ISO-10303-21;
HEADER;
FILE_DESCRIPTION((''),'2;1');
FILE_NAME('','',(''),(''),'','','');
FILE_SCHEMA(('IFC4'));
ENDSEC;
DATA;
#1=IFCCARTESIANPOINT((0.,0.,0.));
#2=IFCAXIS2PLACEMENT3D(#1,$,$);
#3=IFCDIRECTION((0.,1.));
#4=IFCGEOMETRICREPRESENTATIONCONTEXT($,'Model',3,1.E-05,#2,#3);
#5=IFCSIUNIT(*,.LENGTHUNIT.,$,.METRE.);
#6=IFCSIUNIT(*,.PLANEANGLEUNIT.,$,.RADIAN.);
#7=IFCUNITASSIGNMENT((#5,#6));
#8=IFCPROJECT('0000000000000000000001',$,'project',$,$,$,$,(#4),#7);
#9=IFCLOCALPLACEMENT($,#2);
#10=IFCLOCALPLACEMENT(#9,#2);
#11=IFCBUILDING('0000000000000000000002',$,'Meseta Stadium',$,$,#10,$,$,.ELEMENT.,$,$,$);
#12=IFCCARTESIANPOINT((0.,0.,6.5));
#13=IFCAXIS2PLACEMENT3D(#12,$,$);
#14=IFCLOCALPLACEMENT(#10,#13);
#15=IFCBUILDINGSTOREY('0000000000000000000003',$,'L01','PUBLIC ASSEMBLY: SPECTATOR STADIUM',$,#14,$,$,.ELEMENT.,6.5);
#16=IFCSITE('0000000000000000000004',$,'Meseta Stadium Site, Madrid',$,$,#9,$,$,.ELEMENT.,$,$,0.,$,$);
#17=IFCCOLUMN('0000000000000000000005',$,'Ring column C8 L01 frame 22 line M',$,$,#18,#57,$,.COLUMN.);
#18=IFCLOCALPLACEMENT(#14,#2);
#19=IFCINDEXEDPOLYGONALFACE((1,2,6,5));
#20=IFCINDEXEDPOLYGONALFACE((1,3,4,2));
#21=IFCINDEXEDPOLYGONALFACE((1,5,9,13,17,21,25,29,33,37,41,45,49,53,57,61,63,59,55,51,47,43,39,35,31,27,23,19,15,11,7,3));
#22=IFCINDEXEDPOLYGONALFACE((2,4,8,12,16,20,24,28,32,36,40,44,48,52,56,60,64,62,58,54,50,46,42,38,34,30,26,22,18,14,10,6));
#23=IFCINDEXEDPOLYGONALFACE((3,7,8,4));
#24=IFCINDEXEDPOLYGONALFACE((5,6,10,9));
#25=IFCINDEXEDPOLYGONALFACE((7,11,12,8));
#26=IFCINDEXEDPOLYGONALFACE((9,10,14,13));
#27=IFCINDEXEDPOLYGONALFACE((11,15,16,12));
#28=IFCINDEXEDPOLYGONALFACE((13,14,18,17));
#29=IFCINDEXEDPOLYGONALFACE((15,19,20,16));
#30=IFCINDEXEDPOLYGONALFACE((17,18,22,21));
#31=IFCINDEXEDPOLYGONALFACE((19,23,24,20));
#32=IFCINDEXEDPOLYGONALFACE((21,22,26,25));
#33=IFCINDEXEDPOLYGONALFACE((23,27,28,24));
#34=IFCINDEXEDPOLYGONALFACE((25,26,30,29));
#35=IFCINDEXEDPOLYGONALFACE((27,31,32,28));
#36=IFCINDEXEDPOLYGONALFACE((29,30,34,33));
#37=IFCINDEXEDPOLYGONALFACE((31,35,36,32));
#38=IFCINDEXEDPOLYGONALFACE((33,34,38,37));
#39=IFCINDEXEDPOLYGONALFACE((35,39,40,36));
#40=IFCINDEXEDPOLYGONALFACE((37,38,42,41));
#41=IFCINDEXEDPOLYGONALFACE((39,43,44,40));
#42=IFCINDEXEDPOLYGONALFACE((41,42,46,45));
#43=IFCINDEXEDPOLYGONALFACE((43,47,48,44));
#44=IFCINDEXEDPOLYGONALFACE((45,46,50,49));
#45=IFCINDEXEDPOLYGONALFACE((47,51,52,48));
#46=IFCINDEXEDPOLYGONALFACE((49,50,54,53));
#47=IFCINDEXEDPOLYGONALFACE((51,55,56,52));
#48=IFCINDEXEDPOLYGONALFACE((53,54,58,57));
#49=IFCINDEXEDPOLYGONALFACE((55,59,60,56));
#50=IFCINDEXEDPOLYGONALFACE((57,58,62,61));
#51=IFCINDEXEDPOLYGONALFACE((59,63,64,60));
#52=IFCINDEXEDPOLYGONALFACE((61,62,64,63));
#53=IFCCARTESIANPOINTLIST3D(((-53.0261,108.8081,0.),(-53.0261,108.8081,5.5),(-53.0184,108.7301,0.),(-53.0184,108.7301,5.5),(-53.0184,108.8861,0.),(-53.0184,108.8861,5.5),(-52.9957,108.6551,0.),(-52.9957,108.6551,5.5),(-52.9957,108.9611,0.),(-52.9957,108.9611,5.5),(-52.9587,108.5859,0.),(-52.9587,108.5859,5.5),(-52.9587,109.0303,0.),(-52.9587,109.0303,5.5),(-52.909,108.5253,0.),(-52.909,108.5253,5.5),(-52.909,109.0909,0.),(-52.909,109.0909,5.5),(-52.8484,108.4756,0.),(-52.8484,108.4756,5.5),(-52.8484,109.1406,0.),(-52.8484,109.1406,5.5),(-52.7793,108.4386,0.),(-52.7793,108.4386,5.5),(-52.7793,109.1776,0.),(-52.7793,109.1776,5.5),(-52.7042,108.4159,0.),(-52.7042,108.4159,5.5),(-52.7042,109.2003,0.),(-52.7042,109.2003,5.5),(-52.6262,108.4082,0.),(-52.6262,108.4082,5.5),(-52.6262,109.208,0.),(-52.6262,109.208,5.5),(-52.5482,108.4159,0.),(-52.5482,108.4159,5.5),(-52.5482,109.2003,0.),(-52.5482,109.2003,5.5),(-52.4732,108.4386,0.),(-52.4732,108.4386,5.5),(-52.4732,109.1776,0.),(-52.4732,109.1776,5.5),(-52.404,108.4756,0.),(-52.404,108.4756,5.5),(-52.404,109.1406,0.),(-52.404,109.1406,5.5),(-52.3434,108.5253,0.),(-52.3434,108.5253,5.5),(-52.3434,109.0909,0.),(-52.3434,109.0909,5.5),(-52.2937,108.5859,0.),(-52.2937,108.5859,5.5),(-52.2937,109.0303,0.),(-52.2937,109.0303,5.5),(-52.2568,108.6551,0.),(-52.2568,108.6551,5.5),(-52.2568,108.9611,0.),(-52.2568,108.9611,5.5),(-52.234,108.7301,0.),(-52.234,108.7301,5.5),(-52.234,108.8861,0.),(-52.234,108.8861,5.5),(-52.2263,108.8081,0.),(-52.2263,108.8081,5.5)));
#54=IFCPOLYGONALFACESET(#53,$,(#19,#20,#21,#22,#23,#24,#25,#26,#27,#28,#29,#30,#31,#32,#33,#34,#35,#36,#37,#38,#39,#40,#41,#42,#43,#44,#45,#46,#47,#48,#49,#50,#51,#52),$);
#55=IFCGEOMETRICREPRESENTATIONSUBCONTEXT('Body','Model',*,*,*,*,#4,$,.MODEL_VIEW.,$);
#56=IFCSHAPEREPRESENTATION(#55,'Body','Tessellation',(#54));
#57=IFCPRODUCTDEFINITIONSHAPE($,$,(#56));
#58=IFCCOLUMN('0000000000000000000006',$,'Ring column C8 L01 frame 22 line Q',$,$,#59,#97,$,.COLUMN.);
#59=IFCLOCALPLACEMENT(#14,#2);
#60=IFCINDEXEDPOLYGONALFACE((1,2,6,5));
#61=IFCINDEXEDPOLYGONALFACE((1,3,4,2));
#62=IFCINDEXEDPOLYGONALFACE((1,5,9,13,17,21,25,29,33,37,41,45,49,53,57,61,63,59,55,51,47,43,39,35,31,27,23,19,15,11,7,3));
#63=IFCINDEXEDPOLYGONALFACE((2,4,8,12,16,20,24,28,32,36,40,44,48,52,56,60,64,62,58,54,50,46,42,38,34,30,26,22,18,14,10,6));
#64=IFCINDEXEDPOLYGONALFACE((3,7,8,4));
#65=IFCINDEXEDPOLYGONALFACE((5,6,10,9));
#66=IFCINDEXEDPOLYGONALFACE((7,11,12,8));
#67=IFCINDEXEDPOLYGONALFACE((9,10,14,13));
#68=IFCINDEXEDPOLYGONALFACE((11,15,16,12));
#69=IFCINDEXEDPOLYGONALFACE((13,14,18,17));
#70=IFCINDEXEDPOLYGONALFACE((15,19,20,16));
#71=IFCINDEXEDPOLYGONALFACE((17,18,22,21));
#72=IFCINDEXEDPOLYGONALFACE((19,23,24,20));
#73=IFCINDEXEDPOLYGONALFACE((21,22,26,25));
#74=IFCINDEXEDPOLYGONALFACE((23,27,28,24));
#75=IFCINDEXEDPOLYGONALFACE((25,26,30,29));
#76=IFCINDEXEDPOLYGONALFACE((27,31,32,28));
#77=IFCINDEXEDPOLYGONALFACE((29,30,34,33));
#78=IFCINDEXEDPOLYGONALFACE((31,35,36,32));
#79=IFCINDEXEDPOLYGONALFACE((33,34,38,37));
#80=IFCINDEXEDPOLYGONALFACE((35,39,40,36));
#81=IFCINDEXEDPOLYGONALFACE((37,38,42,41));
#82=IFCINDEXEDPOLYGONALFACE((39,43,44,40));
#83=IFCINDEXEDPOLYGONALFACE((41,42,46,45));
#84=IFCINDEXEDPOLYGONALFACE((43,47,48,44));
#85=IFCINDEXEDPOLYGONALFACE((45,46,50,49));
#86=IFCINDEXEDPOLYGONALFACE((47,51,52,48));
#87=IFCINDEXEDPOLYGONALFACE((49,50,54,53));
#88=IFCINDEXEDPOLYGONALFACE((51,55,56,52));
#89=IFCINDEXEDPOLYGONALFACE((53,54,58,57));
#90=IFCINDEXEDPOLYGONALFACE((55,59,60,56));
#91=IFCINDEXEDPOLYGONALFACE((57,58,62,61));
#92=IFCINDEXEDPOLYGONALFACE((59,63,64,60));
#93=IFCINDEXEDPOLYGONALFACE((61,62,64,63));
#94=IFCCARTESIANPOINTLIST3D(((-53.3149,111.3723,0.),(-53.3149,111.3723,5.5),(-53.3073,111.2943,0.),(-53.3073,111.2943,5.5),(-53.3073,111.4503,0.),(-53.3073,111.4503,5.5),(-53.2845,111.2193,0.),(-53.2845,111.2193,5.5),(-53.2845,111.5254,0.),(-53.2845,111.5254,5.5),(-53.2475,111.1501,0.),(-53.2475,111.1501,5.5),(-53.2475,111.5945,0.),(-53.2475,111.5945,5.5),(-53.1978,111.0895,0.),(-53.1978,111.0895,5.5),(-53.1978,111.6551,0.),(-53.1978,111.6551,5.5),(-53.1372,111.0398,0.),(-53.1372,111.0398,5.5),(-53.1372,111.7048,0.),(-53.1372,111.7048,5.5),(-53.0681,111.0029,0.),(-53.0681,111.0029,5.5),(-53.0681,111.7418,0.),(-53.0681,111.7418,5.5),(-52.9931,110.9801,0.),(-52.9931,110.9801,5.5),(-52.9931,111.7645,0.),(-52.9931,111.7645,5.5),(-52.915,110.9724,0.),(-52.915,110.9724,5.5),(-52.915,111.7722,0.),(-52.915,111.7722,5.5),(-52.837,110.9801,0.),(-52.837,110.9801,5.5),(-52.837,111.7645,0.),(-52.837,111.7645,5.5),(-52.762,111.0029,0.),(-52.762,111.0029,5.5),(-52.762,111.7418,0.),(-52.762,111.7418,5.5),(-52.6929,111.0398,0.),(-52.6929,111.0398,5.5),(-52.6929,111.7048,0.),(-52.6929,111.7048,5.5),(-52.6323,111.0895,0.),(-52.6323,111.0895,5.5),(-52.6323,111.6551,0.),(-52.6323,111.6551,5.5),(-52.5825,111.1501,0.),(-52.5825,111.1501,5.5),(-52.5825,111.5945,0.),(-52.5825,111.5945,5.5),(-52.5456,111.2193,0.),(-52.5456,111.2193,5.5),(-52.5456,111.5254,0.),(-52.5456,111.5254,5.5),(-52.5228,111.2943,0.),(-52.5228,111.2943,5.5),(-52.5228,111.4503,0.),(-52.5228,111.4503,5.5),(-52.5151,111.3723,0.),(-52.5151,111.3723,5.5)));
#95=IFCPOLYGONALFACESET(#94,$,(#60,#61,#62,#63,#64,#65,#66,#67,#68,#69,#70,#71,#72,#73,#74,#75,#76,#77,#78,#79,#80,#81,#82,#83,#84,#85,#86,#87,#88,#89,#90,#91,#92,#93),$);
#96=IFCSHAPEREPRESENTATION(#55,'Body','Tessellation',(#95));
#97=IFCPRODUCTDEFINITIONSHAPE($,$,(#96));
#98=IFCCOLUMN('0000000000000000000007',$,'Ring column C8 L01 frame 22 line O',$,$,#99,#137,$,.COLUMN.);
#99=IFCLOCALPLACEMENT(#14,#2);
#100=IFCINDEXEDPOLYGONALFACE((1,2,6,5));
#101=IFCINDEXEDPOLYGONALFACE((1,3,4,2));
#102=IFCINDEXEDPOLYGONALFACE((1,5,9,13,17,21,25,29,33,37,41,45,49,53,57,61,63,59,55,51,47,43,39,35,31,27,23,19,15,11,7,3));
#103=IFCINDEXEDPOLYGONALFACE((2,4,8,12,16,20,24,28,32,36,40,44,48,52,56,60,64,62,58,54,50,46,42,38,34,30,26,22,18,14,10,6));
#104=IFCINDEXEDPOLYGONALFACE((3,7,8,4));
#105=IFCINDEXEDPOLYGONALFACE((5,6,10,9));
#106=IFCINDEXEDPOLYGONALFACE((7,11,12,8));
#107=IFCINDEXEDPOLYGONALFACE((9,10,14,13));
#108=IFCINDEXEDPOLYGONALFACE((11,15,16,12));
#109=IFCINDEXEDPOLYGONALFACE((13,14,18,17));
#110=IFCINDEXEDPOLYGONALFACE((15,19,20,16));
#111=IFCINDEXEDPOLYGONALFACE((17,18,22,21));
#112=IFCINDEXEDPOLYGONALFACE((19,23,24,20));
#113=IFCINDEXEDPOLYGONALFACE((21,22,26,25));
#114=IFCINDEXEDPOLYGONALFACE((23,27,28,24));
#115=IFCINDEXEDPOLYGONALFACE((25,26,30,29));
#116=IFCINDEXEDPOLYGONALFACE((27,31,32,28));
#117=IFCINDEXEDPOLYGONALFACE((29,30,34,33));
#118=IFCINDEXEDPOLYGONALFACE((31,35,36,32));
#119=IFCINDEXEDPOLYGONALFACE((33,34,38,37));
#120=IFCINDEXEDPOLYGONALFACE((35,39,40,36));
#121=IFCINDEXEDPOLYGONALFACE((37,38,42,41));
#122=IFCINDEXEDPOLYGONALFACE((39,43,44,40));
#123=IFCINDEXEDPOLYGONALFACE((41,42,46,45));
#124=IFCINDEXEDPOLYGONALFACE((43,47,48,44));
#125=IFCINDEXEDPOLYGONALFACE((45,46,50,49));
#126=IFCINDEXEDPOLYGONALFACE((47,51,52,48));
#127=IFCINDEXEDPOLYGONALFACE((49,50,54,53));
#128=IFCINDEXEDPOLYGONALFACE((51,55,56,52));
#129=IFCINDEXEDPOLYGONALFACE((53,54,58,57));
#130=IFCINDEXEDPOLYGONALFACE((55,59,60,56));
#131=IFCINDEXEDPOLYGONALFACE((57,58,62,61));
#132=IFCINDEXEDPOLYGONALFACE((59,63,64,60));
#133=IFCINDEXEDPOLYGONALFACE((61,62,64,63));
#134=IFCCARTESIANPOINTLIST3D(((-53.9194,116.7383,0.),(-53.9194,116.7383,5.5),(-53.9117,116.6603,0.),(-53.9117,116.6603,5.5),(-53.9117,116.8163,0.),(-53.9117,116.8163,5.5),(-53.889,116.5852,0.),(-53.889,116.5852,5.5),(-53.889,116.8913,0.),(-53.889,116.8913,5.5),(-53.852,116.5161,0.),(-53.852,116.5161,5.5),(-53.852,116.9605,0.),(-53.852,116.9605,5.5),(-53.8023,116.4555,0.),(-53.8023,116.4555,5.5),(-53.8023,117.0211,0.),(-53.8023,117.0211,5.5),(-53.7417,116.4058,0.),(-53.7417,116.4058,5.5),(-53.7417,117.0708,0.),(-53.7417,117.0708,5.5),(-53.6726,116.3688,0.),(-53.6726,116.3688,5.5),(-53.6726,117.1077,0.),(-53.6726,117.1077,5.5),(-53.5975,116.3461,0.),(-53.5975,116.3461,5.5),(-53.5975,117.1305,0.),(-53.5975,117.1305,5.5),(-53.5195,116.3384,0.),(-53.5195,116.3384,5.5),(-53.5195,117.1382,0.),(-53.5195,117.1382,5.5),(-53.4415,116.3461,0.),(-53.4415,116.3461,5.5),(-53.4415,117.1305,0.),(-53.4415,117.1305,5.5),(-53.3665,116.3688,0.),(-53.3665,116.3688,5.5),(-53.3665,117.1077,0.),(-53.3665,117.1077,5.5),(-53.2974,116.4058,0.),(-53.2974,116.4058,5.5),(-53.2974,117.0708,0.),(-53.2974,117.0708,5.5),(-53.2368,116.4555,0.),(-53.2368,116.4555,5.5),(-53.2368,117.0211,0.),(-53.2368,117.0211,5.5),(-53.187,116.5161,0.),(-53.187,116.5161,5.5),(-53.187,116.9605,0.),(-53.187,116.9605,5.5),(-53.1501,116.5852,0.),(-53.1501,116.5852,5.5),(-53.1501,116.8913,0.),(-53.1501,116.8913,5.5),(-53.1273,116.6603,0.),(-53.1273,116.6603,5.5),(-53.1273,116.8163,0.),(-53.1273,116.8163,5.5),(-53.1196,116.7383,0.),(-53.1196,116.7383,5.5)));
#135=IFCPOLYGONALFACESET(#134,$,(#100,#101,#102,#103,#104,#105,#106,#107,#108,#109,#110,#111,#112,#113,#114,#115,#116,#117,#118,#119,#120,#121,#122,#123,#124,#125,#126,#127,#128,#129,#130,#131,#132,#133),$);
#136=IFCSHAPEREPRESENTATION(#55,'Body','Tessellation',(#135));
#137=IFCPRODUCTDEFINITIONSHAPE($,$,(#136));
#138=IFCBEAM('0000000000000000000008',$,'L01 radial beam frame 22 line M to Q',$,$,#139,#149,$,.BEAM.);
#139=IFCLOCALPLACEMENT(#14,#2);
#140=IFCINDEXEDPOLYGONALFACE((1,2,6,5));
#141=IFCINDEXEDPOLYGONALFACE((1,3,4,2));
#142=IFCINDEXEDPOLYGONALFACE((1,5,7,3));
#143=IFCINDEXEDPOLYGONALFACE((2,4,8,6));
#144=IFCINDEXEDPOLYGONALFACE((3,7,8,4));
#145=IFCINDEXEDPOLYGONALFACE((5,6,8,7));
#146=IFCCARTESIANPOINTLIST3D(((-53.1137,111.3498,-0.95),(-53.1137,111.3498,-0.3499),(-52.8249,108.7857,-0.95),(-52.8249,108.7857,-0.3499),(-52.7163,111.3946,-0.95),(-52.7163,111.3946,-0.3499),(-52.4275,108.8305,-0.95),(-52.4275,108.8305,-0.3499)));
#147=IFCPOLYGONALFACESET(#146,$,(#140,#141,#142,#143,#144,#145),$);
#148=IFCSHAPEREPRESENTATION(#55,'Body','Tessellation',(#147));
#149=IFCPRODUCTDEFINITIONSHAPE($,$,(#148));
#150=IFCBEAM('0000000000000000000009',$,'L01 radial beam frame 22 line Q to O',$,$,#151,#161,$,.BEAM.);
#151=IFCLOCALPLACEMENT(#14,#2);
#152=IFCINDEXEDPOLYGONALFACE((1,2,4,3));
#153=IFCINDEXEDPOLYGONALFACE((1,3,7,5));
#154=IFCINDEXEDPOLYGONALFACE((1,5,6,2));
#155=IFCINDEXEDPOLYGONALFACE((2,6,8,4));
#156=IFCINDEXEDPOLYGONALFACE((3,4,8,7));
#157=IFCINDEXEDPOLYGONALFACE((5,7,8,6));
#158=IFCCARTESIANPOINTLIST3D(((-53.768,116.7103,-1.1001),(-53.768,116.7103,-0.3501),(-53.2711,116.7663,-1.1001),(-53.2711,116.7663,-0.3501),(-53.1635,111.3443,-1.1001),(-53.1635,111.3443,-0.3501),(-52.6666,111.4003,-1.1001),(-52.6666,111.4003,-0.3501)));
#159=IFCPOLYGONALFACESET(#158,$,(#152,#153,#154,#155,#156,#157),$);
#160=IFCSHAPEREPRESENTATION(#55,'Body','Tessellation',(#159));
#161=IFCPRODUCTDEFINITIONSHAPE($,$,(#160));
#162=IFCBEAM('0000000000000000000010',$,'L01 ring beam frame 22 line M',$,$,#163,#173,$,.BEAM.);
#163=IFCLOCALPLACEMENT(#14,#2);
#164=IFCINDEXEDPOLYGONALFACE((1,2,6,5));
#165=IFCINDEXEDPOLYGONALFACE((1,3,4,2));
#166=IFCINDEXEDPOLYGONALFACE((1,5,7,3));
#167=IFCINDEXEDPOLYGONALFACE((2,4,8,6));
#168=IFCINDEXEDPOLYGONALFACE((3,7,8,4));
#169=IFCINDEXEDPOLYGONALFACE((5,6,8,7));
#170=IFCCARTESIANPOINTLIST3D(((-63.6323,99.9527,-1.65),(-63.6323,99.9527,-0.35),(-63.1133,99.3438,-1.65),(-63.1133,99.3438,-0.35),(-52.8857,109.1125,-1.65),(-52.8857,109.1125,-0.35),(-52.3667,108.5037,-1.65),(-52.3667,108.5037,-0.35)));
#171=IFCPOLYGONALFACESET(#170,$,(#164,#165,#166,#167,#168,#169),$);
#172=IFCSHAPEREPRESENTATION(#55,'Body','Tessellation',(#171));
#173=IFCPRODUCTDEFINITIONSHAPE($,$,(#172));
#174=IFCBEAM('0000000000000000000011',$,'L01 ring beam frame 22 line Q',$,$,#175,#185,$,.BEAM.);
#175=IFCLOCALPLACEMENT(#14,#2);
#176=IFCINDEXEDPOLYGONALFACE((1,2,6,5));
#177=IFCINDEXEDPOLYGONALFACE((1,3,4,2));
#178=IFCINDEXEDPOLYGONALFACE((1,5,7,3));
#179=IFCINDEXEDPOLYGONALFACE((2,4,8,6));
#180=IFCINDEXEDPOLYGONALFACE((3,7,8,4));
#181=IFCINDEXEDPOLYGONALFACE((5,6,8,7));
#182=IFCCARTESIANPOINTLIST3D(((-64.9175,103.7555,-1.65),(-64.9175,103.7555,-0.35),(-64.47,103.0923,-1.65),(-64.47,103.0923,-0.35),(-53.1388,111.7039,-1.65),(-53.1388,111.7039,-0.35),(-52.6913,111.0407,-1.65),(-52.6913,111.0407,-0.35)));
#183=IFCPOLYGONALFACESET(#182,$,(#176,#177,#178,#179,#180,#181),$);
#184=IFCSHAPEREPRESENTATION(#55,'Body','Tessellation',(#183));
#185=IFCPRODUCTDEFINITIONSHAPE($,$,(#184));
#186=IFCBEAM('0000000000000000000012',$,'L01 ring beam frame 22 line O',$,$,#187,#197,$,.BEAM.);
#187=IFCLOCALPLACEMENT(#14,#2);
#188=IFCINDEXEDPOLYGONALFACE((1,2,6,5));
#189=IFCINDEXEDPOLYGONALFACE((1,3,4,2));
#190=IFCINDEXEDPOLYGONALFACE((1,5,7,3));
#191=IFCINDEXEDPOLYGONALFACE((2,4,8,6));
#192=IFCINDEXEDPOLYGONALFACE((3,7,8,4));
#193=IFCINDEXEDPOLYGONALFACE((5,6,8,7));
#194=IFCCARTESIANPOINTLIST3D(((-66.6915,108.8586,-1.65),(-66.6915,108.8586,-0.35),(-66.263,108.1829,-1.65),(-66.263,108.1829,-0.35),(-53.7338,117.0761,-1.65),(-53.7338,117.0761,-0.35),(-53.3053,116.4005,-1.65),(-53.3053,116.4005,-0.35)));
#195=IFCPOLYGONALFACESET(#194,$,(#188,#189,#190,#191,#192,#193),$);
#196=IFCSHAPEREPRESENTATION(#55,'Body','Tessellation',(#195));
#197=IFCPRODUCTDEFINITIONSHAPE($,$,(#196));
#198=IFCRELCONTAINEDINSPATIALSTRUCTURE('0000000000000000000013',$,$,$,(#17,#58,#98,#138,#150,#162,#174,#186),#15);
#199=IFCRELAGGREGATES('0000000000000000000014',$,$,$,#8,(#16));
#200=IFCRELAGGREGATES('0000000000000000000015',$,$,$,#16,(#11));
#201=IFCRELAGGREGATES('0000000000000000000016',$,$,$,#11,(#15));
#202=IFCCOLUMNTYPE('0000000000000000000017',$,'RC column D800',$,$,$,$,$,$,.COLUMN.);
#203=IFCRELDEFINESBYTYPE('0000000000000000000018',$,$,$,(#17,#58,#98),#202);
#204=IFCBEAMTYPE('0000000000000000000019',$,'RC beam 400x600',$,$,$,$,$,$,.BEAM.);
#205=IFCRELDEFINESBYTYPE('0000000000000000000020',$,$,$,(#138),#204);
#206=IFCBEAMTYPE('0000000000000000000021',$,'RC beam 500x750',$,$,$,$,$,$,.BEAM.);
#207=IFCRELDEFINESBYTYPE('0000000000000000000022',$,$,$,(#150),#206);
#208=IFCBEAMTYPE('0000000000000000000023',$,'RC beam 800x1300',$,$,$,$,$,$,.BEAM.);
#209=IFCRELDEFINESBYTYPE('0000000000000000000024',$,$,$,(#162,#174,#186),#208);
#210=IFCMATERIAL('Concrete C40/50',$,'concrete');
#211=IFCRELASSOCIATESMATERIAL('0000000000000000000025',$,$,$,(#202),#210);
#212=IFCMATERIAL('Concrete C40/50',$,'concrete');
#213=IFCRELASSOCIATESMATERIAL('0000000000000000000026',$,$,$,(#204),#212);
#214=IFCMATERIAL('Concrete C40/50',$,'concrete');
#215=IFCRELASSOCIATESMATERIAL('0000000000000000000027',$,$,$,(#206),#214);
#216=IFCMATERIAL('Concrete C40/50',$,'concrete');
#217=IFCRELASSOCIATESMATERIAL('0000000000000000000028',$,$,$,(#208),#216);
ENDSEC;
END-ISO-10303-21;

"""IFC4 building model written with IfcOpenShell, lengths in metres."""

from ifc_helpers import new_model, si_unit, direction, frame, origin, origin_2d, place, context, subcontext, project, spatial, rectangle, circle, extrude, material, material_profile, profile_set, type_object, element, save


model = new_model("IFC4")

# Units and contexts
model_context = context("Model", 3, precision=1e-05, world=origin(), true_north=direction((0.0, 1.0)))
body_context = subcontext(model_context, "Body", "Model", "MODEL_VIEW")
ifc_project = project(units=[si_unit("LENGTHUNIT", "METRE"), si_unit("PLANEANGLEUNIT", "RADIAN")], contexts=[model_context])

# Site, building, storey
site_placement = place(None, origin())
site = spatial("IfcSite", under=ifc_project, at=site_placement, Name="Meseta Stadium Site, Madrid", CompositionType="ELEMENT", RefElevation=0.0)
building_placement = place(site_placement, origin())
building = spatial("IfcBuilding", under=site, at=building_placement, Name="Meseta Stadium", CompositionType="ELEMENT")
storey_placement = place(building_placement, frame((0.0, 0.0, 6.5)))
storey = spatial("IfcBuildingStorey", under=building, at=storey_placement, Name="L01", Description="PUBLIC ASSEMBLY: SPECTATOR STADIUM", CompositionType="ELEMENT", Elevation=6.5)

# Columns
ifc_material_1 = material(Name="Concrete C40/50", Category="concrete")
ifc_material_profile_1 = material_profile(ifc_material_1, circle(Radius=0.3999, at=origin_2d()), Name="RC D800")
ifc_profile_set_1 = profile_set([ifc_material_profile_1], Name="Concrete C40/50")
column_type = type_object("IfcColumnType", Name="RC column D800", PredefinedType="COLUMN", material=ifc_profile_set_1)
for number, where, z_axis, x_axis, name in (
    (1, (-52.6262, 108.8081, 0.0), (0.0, 0.0, 1.0), (1.0, 0.0, 0.0), "Ring column C8 L01 frame 22 line M"),
    (2, (-52.915, 111.3723, 0.0), (0.0, 0.0, 1.0), (1.0, 0.0, 0.0), "Ring column C8 L01 frame 22 line Q"),
    (3, (-53.5195, 116.7383, 0.0), (0.0, 0.0, 1.0), (1.0, 0.0, 0.0), "Ring column C8 L01 frame 22 line O"),
):
    element("IfcColumn", number, at=place(storey_placement, frame(where, z_axis=z_axis, x_axis=x_axis)), inside=storey, type_object=column_type, Name=name, PredefinedType="COLUMN", context=body_context, shape_type="SweptSolid", body=[
        extrude(circle(Radius=0.3999, at=origin_2d()), origin(), (0.0, 0.0, 1.0), 5.5),
    ])

# Beams
ifc_material_2 = material(Name="Concrete C40/50", Category="concrete")
ifc_material_profile_2 = material_profile(ifc_material_2, rectangle(XDim=0.3999, YDim=0.6001, at=origin_2d()), Name="RC 400x600")
ifc_profile_set_2 = profile_set([ifc_material_profile_2], Name="Concrete C40/50")
beam_type_1 = type_object("IfcBeamType", Name="RC beam 400x600", PredefinedType="BEAM", material=ifc_profile_set_2)
beam_1_placement = place(storey_placement, frame((-52.6262, 108.8081, -0.6499), z_axis=(-0.111927, 0.993716, 0.0), x_axis=(-0.993716, -0.111927, 0.0)))
element("IfcBeam", 4, at=beam_1_placement, inside=storey, type_object=beam_type_1, Name="L01 radial beam frame 22 line M to Q", PredefinedType="BEAM", context=body_context, shape_type="SweptSolid", body=[
    extrude(rectangle(XDim=0.3999, YDim=0.6001, at=origin_2d()), origin(), (0.0, 0.0, 1.0), 2.5803),
])
ifc_material_3 = material(Name="Concrete C40/50", Category="concrete")
ifc_material_profile_3 = material_profile(ifc_material_3, rectangle(XDim=0.5, YDim=0.75, at=origin_2d()), Name="RC 500x750")
ifc_profile_set_3 = profile_set([ifc_material_profile_3], Name="Concrete C40/50")
beam_type_2 = type_object("IfcBeamType", Name="RC beam 500x750", PredefinedType="BEAM", material=ifc_profile_set_3)
beam_2_placement = place(storey_placement, frame((-52.915, 111.3723, -0.7251), z_axis=(-0.111945, 0.993714, 0.0), x_axis=(-0.993714, -0.111945, 0.0)))
element("IfcBeam", 5, at=beam_2_placement, inside=storey, type_object=beam_type_2, Name="L01 radial beam frame 22 line Q to O", PredefinedType="BEAM", context=body_context, shape_type="SweptSolid", body=[
    extrude(rectangle(XDim=0.5, YDim=0.75, at=origin_2d()), origin(), (0.0, 0.0, 1.0), 5.3999),
])
ifc_material_4 = material(Name="Concrete C40/50", Category="concrete")
ifc_material_profile_4 = material_profile(ifc_material_4, rectangle(XDim=0.8, YDim=1.3, at=origin_2d()), Name="RC 800x1300")
ifc_profile_set_4 = profile_set([ifc_material_profile_4], Name="Concrete C40/50")
beam_type_3 = type_object("IfcBeamType", Name="RC beam 800x1300", PredefinedType="BEAM", material=ifc_profile_set_4)
beam_3_placement = place(storey_placement, frame((-52.6262, 108.8081, -1.0), z_axis=(-0.761054, -0.648689, 0.0), x_axis=(0.648689, -0.761054, 0.0)))
element("IfcBeam", 6, at=beam_3_placement, inside=storey, type_object=beam_type_3, Name="L01 ring beam frame 22 line M", PredefinedType="BEAM", context=body_context, shape_type="SweptSolid", body=[
    extrude(rectangle(XDim=0.8, YDim=1.3, at=origin_2d()), origin(), (0.0, 0.0, 1.0), 14.1206),
])
beam_4_placement = place(storey_placement, frame((-52.915, 111.3723, -1.0), z_axis=(-0.828921, -0.559366, 0.0), x_axis=(0.559366, -0.828921, 0.0)))
element("IfcBeam", 7, at=beam_4_placement, inside=storey, type_object=beam_type_3, Name="L01 ring beam frame 22 line Q", PredefinedType="BEAM", context=body_context, shape_type="SweptSolid", body=[
    extrude(rectangle(XDim=0.8, YDim=1.3, at=origin_2d()), origin(), (0.0, 0.0, 1.0), 14.2097),
])
beam_5_placement = place(storey_placement, frame((-53.5195, 116.7383, -1.0), z_axis=(-0.844496, -0.535561, 0.0), x_axis=(0.535561, -0.844496, 0.0)))
element("IfcBeam", 8, at=beam_5_placement, inside=storey, type_object=beam_type_3, Name="L01 ring beam frame 22 line O", PredefinedType="BEAM", context=body_context, shape_type="SweptSolid", body=[
    extrude(rectangle(XDim=0.8, YDim=1.3, at=origin_2d()), origin(), (0.0, 0.0, 1.0), 15.3438),
])

save(model, "model.ifc")
